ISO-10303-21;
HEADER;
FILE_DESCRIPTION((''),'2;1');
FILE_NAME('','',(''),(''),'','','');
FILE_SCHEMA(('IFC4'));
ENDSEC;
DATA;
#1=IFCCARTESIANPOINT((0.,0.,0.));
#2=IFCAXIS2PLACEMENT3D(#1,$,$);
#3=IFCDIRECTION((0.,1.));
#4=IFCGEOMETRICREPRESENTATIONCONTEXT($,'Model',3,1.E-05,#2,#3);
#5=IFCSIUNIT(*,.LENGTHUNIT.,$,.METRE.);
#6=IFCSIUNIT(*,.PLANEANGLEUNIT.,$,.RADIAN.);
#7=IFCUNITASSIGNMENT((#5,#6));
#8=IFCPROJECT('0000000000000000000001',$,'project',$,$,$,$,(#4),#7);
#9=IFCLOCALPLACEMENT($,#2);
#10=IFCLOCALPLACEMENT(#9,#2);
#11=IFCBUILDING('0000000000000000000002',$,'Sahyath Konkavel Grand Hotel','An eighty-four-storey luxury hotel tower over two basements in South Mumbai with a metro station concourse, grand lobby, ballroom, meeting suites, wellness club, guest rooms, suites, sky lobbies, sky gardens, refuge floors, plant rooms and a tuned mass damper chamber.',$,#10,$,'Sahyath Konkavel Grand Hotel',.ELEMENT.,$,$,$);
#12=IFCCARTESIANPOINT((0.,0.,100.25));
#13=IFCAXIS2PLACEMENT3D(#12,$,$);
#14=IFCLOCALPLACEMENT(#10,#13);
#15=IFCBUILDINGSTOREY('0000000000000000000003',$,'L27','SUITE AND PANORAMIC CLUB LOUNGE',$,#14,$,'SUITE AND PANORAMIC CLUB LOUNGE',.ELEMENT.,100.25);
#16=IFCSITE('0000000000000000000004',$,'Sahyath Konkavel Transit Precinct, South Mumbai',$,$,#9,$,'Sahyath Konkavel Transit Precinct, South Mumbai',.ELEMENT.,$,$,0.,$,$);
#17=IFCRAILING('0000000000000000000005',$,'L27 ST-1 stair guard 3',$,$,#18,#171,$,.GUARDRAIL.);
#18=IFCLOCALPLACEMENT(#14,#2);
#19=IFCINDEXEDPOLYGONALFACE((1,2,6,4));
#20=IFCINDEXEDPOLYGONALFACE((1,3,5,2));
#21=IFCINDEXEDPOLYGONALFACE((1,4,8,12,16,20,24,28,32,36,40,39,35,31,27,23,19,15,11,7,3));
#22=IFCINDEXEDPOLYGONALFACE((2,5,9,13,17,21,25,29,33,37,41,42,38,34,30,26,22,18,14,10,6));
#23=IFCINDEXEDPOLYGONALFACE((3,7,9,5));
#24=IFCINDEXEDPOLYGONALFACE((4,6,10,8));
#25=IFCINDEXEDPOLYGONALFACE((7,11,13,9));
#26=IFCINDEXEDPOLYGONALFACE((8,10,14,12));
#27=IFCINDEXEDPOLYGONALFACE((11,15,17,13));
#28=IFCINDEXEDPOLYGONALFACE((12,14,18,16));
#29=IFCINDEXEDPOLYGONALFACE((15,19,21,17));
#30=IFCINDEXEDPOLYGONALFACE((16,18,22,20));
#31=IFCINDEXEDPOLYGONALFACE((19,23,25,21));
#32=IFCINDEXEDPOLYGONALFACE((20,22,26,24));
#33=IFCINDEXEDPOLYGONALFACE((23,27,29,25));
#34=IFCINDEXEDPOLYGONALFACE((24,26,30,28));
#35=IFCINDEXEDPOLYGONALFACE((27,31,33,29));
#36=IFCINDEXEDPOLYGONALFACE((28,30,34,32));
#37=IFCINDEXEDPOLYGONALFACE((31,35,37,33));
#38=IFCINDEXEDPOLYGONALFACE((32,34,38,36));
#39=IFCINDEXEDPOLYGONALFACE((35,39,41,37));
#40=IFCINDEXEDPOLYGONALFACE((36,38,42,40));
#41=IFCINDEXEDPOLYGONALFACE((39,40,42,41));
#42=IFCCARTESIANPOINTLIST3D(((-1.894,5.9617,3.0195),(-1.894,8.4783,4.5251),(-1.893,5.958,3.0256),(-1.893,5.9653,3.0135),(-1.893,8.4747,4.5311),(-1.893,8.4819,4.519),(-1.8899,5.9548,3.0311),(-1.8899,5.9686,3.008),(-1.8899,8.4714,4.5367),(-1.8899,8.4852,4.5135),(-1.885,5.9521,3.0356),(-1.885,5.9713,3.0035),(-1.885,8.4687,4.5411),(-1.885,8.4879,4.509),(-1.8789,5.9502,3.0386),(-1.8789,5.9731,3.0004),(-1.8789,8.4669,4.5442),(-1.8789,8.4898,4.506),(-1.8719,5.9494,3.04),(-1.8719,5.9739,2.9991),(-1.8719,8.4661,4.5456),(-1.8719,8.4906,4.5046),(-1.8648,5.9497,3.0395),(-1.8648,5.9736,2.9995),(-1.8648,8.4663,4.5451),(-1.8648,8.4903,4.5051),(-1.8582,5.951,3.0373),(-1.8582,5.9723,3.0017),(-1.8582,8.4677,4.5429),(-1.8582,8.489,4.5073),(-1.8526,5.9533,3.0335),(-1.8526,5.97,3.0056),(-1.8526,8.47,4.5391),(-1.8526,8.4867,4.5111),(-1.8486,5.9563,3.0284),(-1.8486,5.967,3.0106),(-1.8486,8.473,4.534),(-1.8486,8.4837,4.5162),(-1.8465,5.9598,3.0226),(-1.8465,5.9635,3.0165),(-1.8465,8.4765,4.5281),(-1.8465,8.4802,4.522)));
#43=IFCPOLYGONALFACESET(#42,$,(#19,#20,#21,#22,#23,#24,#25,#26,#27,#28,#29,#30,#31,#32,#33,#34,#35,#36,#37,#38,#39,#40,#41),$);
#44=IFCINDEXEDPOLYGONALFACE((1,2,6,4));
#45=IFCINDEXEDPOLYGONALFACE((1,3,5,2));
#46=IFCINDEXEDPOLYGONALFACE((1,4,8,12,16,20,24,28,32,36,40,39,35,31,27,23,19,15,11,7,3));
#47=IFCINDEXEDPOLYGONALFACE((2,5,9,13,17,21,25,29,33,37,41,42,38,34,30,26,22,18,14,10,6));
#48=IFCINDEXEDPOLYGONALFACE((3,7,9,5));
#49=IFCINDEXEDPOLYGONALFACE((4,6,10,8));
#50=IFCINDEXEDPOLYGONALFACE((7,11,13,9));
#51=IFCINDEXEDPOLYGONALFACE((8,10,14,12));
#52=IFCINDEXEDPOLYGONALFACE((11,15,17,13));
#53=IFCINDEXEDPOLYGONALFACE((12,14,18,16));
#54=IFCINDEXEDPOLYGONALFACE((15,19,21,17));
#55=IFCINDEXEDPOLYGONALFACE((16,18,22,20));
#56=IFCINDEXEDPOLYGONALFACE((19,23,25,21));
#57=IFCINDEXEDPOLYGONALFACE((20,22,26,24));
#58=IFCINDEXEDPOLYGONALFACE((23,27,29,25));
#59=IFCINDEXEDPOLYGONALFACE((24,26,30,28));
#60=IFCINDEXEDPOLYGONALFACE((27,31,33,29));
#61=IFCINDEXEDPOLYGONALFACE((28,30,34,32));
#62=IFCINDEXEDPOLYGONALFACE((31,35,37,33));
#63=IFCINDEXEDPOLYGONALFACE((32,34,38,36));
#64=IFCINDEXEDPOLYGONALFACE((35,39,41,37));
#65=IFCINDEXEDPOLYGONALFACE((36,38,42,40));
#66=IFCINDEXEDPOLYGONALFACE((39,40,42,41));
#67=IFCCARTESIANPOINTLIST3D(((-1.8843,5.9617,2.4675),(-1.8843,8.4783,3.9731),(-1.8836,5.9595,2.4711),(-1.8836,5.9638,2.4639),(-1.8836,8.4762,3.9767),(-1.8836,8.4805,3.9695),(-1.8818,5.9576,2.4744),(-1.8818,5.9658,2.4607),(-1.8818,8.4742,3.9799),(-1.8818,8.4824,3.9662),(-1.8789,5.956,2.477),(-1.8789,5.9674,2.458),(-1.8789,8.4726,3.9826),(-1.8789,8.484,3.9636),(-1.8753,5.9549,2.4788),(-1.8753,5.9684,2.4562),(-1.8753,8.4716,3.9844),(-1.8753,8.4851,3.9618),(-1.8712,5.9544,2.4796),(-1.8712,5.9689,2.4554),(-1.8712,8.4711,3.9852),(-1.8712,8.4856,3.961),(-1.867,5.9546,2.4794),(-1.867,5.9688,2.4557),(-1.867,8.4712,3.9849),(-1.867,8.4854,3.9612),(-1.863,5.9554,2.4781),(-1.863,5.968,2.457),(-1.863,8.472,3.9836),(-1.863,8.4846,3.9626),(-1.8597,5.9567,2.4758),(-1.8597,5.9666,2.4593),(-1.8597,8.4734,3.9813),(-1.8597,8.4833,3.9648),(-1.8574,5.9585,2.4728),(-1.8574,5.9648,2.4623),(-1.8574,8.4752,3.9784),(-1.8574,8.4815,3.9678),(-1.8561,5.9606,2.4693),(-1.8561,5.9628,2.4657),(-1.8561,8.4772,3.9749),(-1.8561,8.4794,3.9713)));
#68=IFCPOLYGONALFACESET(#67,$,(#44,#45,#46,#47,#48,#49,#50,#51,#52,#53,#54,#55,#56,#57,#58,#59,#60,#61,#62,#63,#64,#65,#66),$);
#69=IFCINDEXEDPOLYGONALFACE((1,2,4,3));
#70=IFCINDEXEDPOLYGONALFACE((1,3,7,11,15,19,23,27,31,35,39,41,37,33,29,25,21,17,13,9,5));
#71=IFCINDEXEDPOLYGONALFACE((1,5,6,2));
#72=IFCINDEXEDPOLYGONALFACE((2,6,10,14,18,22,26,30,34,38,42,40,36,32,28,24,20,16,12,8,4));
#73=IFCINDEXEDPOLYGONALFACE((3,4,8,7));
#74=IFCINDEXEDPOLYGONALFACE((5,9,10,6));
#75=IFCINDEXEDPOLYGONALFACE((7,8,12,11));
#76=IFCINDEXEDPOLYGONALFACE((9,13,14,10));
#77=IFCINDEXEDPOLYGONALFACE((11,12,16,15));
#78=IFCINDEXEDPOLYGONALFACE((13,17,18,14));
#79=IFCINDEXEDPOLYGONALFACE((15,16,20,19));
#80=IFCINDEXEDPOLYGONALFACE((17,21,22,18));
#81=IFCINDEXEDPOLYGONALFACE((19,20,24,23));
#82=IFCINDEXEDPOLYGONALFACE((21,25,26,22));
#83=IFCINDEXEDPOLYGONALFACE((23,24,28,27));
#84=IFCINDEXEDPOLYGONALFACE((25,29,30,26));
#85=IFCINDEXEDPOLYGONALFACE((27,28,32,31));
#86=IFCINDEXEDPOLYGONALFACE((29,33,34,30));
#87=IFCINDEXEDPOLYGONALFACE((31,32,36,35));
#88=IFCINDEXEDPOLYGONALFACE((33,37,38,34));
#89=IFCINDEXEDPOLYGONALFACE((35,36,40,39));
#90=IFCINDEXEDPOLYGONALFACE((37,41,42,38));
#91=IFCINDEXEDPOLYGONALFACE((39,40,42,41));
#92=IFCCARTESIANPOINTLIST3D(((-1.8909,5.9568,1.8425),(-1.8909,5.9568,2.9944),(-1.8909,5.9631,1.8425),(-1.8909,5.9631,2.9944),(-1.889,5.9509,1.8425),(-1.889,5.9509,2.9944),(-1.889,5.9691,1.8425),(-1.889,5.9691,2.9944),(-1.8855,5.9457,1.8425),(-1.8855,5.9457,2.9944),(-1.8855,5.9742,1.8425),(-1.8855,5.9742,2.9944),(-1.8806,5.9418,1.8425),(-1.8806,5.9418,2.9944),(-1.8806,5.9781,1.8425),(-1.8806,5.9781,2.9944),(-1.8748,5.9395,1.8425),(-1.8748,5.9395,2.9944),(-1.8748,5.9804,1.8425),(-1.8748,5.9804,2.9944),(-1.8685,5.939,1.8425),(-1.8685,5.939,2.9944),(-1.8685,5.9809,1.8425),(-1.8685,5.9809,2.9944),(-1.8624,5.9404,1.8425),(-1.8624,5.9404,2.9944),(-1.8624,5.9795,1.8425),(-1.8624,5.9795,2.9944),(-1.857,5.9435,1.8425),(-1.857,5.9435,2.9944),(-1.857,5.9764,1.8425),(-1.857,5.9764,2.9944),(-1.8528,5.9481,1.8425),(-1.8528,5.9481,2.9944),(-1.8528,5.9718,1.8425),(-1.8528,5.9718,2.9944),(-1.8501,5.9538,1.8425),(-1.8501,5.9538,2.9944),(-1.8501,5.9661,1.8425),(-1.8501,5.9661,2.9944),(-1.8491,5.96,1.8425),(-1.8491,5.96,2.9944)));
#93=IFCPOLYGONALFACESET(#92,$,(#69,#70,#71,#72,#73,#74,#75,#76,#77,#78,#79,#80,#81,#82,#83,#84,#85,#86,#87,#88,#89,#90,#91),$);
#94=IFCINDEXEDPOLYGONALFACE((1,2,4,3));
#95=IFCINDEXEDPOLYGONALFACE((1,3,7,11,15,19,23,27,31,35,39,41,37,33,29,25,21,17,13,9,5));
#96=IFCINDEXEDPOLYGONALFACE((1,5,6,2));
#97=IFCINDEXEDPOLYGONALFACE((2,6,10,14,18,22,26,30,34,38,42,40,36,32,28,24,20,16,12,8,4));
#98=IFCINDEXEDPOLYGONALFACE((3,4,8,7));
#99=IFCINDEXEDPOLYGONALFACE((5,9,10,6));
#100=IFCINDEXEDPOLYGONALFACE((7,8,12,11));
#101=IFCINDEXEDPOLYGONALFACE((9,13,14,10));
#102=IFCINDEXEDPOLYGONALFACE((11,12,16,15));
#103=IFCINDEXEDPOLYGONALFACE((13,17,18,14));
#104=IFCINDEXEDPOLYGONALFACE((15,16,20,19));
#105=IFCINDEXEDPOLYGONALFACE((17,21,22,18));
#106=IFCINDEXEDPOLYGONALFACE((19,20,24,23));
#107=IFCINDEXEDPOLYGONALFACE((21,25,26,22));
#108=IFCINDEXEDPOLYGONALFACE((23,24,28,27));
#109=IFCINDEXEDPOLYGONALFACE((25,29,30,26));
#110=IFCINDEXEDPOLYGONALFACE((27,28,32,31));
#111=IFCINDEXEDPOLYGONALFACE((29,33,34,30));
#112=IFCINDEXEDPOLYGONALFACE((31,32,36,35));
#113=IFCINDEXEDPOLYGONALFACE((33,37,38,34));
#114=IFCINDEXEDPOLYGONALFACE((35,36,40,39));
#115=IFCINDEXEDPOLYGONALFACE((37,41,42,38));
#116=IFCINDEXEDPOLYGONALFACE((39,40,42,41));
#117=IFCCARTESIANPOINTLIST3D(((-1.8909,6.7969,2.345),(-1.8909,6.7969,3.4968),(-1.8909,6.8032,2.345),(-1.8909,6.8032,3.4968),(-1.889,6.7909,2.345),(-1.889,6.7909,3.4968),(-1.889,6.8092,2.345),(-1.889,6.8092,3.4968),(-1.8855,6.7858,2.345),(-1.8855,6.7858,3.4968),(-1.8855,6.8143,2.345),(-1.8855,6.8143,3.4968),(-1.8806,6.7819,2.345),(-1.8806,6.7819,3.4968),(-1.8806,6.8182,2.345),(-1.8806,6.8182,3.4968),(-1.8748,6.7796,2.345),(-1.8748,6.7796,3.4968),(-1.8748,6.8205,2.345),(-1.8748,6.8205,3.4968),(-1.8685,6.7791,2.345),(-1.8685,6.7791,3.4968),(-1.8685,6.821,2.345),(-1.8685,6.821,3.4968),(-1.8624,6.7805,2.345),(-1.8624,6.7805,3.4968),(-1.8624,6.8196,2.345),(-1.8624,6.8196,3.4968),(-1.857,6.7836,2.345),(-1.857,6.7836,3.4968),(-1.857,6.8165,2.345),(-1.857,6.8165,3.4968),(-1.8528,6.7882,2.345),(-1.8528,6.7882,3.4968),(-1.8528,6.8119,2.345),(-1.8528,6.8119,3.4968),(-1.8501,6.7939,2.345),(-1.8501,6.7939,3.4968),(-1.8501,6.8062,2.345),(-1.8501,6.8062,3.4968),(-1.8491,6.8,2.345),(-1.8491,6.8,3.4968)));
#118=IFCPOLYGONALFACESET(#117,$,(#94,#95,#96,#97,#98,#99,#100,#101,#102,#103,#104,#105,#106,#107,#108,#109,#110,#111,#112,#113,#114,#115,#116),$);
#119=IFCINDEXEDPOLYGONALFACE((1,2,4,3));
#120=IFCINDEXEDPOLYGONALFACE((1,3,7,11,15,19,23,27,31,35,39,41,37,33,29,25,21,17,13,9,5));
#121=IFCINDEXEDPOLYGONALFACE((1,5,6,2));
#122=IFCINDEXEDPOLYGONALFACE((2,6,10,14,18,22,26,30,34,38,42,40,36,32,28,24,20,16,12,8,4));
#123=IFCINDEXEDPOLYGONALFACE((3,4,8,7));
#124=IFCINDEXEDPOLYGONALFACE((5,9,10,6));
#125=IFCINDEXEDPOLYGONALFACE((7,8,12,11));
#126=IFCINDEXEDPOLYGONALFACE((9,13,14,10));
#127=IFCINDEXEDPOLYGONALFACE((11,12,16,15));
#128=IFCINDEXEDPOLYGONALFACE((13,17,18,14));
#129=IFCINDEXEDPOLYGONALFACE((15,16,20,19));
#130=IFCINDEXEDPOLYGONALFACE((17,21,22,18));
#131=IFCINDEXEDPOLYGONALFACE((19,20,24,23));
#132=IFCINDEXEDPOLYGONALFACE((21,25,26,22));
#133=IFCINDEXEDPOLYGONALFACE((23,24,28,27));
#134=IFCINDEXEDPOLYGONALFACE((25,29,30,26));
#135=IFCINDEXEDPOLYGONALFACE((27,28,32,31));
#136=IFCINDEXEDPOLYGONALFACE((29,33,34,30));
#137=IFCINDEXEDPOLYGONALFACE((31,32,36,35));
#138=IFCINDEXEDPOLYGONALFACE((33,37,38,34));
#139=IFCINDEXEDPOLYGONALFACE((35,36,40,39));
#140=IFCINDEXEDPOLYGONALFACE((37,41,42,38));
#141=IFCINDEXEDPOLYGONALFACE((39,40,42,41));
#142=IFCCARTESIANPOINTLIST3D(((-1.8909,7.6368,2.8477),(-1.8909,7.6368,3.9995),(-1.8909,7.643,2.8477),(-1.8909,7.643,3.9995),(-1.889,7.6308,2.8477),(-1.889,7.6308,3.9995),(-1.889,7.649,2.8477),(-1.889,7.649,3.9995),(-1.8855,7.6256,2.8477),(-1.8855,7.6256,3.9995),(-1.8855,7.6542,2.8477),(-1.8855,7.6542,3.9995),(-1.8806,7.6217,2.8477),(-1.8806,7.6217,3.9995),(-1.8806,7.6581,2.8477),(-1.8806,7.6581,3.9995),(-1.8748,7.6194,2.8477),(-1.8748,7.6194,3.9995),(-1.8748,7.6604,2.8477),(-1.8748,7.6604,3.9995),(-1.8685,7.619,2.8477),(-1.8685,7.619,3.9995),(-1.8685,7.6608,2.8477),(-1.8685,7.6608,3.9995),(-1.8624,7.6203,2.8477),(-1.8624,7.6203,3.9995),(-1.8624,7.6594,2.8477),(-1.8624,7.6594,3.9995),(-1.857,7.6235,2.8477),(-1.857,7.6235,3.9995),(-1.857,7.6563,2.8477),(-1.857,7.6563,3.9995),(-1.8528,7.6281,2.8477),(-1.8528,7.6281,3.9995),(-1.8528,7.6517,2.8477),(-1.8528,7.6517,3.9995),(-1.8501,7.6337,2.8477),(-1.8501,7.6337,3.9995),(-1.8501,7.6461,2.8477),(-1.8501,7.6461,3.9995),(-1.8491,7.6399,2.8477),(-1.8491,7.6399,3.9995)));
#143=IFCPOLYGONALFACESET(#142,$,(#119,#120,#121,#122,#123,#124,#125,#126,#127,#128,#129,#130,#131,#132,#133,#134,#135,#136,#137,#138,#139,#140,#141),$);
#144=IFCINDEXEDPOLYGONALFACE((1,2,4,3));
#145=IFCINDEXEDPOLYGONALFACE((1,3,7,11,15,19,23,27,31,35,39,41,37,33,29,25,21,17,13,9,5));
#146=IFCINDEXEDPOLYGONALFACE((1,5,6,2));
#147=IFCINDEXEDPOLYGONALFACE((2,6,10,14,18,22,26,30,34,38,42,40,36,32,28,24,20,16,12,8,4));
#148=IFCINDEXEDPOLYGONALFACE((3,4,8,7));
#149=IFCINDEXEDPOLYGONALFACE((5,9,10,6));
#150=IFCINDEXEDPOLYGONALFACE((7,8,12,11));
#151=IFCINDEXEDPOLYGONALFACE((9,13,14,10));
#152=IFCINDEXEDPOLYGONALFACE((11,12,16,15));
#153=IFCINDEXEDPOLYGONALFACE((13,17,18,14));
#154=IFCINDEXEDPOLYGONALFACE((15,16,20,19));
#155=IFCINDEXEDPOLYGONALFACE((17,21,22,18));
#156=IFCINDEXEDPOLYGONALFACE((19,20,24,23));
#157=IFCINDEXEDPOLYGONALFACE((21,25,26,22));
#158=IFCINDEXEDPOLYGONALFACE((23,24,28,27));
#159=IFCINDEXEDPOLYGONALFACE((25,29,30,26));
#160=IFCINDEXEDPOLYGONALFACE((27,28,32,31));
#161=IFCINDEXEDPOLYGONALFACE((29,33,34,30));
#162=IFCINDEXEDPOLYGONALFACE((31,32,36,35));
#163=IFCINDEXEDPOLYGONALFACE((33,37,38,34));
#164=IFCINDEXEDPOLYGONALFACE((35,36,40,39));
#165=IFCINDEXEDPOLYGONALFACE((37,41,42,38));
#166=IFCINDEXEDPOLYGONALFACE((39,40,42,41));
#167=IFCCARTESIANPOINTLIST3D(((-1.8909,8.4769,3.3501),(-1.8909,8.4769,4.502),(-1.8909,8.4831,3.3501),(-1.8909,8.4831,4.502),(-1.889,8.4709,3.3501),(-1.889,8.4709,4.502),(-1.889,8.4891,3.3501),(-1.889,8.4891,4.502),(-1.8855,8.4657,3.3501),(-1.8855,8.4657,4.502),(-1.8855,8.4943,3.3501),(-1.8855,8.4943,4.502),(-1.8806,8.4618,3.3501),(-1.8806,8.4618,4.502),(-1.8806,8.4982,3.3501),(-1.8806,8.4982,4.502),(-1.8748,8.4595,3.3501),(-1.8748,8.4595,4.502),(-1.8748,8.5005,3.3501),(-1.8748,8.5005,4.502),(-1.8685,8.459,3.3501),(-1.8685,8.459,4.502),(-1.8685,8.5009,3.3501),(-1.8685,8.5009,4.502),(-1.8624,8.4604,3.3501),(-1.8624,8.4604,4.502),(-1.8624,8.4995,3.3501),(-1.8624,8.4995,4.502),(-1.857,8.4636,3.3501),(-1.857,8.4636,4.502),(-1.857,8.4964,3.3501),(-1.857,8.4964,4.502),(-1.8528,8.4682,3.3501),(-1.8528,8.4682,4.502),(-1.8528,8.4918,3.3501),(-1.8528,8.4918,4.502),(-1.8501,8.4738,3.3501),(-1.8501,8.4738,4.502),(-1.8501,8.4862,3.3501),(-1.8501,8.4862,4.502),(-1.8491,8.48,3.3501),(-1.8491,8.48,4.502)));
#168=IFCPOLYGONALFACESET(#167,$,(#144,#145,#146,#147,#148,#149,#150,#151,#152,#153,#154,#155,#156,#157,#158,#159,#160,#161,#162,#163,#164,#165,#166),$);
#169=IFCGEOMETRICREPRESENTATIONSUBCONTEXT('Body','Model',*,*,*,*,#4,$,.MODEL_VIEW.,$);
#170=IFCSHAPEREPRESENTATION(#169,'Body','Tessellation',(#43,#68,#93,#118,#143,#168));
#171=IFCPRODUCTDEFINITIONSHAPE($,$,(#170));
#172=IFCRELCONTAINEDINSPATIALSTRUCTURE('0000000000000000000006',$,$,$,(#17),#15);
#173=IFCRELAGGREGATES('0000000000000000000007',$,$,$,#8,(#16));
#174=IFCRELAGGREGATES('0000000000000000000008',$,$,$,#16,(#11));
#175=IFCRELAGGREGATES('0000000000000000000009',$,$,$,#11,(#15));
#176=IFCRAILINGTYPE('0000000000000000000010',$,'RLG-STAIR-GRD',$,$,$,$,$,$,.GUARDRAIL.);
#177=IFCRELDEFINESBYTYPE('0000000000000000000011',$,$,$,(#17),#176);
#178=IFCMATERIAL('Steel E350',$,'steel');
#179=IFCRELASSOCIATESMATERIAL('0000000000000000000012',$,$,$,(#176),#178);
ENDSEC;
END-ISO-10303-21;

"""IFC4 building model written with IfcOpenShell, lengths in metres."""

from ifc_helpers import new_model, si_unit, direction, frame, origin, origin_2d, place, context, subcontext, project, spatial, circle, extrude, material, type_object, element, save


model = new_model("IFC4")

# Units and contexts
model_context = context("Model", 3, precision=1e-05, world=origin(), true_north=direction((0.0, 1.0)))
body_context = subcontext(model_context, "Body", "Model", "MODEL_VIEW")
ifc_project = project(units=[si_unit("LENGTHUNIT", "METRE"), si_unit("PLANEANGLEUNIT", "RADIAN")], contexts=[model_context])

# Site, building, storey
site_placement = place(None, origin())
site = spatial("IfcSite", under=ifc_project, at=site_placement, Name="Sahyath Konkavel Transit Precinct, South Mumbai", LongName="Sahyath Konkavel Transit Precinct, South Mumbai", CompositionType="ELEMENT", RefElevation=0.0)
building_placement = place(site_placement, origin())
building = spatial("IfcBuilding", under=site, at=building_placement, Name="Sahyath Konkavel Grand Hotel", Description="An eighty-four-storey luxury hotel tower over two basements in South Mumbai with a metro station concourse, grand lobby, ballroom, meeting suites, wellness club, guest rooms, suites, sky lobbies, sky gardens, refuge floors, plant rooms and a tuned mass damper chamber.", LongName="Sahyath Konkavel Grand Hotel", CompositionType="ELEMENT")
storey_placement = place(building_placement, frame((0.0, 0.0, 100.25)))
storey = spatial("IfcBuildingStorey", under=building, at=storey_placement, Name="L27", Description="SUITE AND PANORAMIC CLUB LOUNGE", LongName="SUITE AND PANORAMIC CLUB LOUNGE", CompositionType="ELEMENT", Elevation=100.25)

# Shared definitions
ifc_material_1 = material(Name="Steel E350", Category="steel")

# Railing
railing_type_1 = type_object("IfcRailingType", Name="RLG-STAIR-GRD", PredefinedType="GUARDRAIL", material=ifc_material_1)
railing_1_placement = place(storey_placement, frame((-1.8701, 5.96, 1.8425)))
element("IfcRailing", 1, at=railing_1_placement, inside=storey, type_object=railing_type_1, Name="L27 ST-1 stair guard 3", PredefinedType="GUARDRAIL", context=body_context, shape_type="SweptSolid", body=[
    extrude(circle(Radius=0.0239, at=origin_2d()), frame((0.0, 0.0017, 1.177), z_axis=(0.0, 0.85816, 0.513383), x_axis=(-1.0, 0.0, 0.0)), (0.0, 0.0, 1.0), 2.9326),
    extrude(circle(Radius=0.0142, at=origin_2d()), frame((0.0, 0.0017, 0.625), z_axis=(0.0, 0.85816, 0.513383), x_axis=(-1.0, 0.0, 0.0)), (0.0, 0.0, 1.0), 2.9326),
    extrude(circle(Radius=0.021, at=origin_2d()), origin(), (0.0, 0.0, 1.0), 1.1519),
    extrude(circle(Radius=0.021, at=origin_2d()), frame((0.0, 0.8401, 0.5024)), (0.0, 0.0, 1.0), 1.1519),
    extrude(circle(Radius=0.021, at=origin_2d()), frame((0.0, 1.6799, 1.0051)), (0.0, 0.0, 1.0), 1.1519),
    extrude(circle(Radius=0.021, at=origin_2d()), frame((0.0, 2.52, 1.5076)), (0.0, 0.0, 1.0), 1.1519),
])

save(model, "model.ifc")
